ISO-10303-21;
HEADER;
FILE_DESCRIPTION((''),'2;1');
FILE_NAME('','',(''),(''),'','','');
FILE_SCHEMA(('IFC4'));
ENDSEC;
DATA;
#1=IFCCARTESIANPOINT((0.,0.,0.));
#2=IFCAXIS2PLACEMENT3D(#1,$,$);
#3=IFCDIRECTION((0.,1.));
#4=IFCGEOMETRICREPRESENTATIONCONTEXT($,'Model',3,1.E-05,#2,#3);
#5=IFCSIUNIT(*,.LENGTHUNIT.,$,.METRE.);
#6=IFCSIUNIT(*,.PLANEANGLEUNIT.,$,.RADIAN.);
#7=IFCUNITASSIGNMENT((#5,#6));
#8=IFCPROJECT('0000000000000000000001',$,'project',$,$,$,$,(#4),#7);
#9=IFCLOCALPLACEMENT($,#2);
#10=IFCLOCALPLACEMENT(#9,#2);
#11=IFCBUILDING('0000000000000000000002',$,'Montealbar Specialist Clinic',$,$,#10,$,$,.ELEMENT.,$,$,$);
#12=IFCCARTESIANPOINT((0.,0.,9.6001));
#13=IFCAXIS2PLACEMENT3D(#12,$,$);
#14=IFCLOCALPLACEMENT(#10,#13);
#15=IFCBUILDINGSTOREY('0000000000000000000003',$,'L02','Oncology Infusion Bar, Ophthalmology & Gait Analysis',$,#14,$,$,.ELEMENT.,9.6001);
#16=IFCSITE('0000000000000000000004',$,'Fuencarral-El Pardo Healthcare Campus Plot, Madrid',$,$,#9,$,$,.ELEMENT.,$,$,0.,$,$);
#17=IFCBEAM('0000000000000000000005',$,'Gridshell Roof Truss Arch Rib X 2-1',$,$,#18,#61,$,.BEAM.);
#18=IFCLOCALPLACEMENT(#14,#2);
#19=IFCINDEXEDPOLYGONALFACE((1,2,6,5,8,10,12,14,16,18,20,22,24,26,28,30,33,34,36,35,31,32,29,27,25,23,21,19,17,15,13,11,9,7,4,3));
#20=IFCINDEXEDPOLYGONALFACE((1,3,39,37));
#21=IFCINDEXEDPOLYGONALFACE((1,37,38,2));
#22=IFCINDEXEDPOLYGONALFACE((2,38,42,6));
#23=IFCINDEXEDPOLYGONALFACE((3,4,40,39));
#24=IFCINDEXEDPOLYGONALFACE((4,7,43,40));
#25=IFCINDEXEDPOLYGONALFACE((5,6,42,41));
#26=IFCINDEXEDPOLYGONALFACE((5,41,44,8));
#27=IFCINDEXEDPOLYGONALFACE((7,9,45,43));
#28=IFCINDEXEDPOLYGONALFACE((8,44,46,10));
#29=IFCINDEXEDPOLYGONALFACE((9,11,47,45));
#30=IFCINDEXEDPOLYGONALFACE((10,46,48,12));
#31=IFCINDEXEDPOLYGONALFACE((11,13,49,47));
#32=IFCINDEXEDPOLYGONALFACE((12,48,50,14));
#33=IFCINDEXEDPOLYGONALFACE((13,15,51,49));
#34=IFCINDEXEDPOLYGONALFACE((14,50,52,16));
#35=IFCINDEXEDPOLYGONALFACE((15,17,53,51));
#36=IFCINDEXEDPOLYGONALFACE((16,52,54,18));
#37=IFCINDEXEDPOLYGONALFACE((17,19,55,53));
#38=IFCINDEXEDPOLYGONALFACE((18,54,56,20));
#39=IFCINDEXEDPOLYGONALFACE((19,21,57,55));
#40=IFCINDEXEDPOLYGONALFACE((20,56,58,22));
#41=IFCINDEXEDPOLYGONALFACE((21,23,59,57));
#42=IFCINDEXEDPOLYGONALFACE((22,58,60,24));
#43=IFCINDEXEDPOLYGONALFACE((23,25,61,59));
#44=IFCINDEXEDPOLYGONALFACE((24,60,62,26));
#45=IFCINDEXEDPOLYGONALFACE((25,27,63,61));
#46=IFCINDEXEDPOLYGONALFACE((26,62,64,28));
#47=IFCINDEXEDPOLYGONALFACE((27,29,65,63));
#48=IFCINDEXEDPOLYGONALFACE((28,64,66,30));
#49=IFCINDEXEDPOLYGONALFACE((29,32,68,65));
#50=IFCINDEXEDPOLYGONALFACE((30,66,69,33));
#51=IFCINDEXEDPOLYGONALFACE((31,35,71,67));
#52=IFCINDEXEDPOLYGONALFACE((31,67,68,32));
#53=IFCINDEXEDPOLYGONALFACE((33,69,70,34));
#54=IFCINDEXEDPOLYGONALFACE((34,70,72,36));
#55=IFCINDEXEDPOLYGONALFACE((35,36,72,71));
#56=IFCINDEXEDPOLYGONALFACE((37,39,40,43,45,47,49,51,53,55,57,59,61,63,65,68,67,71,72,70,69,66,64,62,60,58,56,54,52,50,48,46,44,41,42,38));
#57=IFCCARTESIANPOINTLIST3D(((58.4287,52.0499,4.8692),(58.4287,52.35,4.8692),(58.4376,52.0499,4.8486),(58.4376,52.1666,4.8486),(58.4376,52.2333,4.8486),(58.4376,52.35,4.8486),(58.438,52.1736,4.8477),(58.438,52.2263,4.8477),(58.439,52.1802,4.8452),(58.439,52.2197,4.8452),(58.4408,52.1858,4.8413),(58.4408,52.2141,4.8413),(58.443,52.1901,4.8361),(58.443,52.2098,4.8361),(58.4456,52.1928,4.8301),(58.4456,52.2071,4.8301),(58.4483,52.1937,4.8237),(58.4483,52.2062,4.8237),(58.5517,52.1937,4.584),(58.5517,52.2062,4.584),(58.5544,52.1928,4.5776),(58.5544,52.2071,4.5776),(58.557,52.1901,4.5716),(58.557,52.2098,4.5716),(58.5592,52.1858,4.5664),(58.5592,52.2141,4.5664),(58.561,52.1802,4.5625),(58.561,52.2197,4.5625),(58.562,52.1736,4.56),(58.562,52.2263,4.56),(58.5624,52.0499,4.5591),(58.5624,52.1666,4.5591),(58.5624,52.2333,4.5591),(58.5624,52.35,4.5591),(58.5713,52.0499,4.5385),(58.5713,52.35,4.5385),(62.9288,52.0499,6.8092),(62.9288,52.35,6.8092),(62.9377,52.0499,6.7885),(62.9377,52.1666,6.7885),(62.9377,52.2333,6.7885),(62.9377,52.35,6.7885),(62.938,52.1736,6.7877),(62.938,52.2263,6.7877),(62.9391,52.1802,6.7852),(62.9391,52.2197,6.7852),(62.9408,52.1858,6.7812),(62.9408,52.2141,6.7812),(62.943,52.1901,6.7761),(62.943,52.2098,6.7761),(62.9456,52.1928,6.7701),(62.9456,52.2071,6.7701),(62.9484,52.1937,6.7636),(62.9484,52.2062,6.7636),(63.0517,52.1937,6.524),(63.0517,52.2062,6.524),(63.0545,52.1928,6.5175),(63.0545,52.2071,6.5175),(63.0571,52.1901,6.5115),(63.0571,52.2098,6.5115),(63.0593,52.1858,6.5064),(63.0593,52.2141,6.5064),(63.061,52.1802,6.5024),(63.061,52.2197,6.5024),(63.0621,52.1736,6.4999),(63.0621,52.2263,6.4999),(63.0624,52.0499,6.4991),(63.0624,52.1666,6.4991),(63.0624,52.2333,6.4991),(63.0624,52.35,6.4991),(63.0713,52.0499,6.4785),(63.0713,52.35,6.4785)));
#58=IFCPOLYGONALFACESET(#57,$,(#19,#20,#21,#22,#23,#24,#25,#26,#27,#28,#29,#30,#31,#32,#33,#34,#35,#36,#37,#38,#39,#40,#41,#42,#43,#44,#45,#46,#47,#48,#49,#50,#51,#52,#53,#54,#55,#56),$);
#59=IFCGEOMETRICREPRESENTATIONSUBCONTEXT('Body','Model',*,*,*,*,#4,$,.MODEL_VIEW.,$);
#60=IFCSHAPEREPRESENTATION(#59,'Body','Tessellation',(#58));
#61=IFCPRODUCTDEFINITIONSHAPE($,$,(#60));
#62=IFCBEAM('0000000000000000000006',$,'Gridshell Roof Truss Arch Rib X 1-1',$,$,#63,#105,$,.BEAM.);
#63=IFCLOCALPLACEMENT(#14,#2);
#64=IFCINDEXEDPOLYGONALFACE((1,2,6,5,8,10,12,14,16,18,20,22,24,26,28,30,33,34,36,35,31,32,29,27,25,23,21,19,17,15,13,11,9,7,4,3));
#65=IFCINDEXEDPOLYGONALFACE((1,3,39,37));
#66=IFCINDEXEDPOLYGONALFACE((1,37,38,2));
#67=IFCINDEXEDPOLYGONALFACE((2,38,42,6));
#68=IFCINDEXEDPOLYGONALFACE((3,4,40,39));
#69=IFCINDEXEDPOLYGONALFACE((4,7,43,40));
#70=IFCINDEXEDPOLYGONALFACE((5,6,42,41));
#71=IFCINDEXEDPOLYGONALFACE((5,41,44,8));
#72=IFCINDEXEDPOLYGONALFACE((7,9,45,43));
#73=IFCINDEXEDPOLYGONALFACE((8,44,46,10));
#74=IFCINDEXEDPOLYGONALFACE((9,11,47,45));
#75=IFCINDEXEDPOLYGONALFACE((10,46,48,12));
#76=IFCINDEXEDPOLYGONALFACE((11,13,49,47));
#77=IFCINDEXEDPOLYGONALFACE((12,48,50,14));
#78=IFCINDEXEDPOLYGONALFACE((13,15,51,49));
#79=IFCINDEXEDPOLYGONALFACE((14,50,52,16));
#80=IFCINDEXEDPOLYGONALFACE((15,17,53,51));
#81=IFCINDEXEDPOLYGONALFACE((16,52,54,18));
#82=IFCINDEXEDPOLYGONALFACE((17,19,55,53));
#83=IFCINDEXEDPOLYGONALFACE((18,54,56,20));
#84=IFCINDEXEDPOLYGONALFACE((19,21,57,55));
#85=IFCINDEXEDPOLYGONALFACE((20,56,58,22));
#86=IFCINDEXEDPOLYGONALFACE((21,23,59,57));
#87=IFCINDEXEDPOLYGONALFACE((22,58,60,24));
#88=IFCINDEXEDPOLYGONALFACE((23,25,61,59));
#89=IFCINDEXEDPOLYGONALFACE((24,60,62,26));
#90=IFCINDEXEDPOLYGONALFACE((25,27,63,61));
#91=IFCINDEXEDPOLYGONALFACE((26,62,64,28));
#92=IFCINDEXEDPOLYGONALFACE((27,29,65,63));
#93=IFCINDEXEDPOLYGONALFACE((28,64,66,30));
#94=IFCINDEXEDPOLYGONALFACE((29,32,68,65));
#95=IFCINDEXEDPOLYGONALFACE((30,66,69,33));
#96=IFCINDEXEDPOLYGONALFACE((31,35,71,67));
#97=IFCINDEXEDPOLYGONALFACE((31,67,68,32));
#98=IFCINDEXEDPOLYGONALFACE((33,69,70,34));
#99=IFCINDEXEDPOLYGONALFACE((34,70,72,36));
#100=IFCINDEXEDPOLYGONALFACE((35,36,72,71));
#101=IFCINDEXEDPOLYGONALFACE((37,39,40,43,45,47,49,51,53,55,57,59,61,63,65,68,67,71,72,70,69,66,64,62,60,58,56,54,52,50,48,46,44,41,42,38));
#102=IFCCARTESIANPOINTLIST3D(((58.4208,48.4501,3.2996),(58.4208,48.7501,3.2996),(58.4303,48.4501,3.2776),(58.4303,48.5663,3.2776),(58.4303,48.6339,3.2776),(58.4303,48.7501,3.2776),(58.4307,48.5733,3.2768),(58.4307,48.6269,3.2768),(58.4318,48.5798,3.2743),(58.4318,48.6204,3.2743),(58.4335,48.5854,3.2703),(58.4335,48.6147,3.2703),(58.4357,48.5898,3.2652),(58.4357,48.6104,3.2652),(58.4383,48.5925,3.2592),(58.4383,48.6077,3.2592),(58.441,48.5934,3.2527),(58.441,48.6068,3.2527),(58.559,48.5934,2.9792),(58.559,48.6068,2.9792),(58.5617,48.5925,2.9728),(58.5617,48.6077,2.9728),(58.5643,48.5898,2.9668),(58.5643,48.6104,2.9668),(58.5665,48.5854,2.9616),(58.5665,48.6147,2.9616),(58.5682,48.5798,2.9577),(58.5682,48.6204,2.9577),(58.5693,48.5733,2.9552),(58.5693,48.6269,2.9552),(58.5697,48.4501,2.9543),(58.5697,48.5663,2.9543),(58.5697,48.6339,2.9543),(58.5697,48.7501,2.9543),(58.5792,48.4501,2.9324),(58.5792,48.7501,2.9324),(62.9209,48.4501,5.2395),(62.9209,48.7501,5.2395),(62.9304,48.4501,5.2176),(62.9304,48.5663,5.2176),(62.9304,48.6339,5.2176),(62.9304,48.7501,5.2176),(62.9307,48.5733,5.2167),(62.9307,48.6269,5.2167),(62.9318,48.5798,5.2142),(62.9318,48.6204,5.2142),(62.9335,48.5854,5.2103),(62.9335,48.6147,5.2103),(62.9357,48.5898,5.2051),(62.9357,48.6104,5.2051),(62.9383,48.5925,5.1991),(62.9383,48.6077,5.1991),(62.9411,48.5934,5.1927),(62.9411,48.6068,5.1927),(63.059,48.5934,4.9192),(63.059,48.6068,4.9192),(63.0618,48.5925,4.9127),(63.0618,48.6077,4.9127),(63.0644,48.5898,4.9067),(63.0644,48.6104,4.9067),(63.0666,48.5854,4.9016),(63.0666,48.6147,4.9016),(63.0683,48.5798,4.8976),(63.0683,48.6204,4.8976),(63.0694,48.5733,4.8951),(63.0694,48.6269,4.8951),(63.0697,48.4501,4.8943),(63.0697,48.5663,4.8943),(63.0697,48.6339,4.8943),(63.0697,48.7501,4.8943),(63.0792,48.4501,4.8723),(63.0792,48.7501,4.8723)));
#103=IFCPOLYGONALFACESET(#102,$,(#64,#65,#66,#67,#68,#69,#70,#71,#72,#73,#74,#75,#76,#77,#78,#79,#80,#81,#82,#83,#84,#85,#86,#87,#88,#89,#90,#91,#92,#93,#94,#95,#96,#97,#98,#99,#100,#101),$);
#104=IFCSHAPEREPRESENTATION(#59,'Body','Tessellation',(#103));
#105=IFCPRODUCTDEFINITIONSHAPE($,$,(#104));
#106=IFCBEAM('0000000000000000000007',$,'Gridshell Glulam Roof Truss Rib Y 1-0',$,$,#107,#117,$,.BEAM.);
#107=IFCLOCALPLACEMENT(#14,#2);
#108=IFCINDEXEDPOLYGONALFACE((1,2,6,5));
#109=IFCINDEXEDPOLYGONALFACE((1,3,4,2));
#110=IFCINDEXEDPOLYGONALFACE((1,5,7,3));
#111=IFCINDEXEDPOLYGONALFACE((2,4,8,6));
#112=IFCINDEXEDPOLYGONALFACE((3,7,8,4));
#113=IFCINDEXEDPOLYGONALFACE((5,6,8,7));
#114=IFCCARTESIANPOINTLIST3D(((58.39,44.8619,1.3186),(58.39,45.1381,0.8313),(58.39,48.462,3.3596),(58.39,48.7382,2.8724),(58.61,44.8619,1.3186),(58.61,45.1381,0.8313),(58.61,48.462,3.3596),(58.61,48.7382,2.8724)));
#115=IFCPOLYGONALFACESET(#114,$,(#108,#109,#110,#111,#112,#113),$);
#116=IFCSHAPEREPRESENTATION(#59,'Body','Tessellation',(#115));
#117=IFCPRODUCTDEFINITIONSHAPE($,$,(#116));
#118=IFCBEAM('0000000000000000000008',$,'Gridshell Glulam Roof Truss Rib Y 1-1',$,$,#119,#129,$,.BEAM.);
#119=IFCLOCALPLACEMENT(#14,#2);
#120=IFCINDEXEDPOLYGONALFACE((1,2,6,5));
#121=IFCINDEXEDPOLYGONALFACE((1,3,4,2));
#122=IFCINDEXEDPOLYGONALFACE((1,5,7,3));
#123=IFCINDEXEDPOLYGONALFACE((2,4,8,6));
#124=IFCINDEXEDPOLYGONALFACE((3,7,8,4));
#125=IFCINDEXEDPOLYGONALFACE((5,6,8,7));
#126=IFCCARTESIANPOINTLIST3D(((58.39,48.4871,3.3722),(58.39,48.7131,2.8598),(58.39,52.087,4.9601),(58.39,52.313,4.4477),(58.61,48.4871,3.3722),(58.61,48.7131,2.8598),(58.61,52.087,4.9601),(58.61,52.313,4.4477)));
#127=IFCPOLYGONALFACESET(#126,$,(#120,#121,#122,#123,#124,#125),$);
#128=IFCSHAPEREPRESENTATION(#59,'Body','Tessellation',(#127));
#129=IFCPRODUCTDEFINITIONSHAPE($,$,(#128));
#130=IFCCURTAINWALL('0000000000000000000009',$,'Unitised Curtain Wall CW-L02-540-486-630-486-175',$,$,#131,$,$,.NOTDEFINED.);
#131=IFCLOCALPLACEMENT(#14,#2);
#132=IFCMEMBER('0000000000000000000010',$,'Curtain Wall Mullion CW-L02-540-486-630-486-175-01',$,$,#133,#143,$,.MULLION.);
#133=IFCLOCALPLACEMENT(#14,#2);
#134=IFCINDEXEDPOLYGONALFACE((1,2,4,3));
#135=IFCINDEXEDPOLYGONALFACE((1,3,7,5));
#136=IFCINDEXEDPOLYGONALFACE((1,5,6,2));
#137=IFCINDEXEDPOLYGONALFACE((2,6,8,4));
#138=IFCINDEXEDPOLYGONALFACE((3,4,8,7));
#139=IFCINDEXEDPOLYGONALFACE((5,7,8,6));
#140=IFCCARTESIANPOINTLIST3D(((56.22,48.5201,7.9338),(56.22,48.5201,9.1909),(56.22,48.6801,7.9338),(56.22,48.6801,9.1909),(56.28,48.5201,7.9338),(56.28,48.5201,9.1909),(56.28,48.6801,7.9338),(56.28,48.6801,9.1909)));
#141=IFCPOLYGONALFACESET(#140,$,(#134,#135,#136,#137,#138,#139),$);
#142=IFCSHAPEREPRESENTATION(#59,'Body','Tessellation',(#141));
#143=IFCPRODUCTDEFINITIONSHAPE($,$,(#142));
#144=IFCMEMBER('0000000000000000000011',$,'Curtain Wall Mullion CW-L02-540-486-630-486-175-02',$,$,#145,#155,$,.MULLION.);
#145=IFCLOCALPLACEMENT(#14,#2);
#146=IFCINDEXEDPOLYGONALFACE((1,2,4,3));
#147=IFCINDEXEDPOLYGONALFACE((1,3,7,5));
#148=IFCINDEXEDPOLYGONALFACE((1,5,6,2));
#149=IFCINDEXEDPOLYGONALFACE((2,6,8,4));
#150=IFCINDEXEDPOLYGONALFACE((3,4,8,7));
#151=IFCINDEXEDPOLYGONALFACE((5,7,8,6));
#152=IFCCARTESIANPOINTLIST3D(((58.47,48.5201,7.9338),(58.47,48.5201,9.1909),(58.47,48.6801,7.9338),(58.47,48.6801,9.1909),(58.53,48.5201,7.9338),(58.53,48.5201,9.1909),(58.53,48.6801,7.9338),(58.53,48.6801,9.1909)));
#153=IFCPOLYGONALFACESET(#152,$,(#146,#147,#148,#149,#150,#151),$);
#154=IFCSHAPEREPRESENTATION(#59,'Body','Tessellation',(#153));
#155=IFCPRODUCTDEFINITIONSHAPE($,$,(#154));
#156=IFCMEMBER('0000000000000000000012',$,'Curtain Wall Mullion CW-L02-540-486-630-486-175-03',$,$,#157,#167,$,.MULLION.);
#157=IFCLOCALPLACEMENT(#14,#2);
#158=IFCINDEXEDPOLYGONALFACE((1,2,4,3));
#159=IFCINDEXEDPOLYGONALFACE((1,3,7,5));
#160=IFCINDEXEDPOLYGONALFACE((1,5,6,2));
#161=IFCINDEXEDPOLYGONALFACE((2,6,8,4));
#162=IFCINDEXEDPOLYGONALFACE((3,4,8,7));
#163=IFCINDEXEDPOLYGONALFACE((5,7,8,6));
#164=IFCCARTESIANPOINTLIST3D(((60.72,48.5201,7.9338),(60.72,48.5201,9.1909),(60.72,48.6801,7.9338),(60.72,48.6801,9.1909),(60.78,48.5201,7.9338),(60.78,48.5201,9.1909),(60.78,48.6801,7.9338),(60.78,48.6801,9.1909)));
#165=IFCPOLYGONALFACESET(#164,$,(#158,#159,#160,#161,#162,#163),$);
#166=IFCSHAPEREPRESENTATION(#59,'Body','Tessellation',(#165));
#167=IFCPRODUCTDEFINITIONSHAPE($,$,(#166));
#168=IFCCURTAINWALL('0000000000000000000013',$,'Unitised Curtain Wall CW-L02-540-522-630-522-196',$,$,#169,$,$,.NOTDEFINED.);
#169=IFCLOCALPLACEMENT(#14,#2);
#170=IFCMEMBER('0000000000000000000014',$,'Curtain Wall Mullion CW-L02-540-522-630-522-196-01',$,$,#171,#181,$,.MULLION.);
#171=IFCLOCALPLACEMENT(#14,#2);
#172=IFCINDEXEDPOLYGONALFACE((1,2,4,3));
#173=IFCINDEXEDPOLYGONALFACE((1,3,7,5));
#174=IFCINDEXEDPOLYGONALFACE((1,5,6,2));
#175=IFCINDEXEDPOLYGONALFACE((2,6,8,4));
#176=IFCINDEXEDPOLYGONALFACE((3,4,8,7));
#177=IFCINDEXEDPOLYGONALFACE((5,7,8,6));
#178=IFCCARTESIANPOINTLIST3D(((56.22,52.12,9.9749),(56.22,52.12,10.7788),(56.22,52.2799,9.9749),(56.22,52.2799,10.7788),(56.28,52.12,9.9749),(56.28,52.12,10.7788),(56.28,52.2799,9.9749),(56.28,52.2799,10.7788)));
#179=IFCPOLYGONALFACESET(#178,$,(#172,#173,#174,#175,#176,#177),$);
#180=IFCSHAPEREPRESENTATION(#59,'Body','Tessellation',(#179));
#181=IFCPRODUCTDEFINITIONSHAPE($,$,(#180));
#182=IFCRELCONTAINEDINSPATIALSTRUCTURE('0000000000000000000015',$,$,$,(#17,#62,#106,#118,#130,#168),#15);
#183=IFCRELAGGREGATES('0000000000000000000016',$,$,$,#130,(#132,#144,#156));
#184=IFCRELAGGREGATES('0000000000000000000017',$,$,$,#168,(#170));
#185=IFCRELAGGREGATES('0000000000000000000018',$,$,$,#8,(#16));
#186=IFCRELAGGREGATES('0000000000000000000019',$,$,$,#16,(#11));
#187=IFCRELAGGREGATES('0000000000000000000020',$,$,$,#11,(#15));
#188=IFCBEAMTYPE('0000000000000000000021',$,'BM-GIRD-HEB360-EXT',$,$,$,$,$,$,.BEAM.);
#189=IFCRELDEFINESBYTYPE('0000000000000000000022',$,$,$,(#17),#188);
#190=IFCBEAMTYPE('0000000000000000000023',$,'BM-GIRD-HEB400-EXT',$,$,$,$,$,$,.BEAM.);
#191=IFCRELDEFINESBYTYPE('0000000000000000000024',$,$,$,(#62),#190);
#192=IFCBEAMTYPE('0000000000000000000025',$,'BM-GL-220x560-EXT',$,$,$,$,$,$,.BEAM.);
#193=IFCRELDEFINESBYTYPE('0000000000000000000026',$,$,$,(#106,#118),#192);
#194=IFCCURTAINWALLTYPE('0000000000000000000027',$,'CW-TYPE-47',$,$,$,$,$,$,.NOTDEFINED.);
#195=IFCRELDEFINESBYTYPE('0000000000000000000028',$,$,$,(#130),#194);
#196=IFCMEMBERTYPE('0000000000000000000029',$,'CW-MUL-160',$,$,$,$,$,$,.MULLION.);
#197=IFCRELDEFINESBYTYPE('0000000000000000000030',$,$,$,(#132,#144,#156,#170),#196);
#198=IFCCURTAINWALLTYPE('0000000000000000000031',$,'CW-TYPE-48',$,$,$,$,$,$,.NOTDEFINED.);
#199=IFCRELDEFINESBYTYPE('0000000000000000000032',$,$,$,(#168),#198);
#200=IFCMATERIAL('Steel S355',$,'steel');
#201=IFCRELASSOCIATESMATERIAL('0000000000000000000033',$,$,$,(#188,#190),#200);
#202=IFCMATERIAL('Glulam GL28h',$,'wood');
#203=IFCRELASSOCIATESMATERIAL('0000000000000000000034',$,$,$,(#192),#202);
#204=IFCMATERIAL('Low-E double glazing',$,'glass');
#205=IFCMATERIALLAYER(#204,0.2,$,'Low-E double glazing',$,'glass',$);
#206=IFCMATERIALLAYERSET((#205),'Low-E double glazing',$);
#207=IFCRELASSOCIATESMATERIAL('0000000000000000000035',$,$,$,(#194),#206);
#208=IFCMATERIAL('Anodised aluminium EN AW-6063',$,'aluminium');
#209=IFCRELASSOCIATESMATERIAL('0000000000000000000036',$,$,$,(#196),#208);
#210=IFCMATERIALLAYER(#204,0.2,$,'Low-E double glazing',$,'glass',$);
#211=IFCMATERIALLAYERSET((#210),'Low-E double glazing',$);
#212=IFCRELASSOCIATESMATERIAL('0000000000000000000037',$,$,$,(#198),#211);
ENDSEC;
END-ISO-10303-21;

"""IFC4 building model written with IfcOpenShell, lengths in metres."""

from ifc_helpers import new_model, si_unit, direction, frame, origin, origin_2d, place, context, subcontext, project, spatial, rectangle, i_section, extrude, material, layer, layer_set, material_profile, profile_set, type_object, element, aggregate, save


model = new_model("IFC4")

# Units and contexts
model_context = context("Model", 3, precision=1e-05, world=origin(), true_north=direction((0.0, 1.0)))
body_context = subcontext(model_context, "Body", "Model", "MODEL_VIEW")
ifc_project = project(units=[si_unit("LENGTHUNIT", "METRE"), si_unit("PLANEANGLEUNIT", "RADIAN")], contexts=[model_context])

# Site, building, storey
site_placement = place(None, origin())
site = spatial("IfcSite", under=ifc_project, at=site_placement, Name="Fuencarral-El Pardo Healthcare Campus Plot, Madrid", CompositionType="ELEMENT", RefElevation=0.0)
building_placement = place(site_placement, origin())
building = spatial("IfcBuilding", under=site, at=building_placement, Name="Montealbar Specialist Clinic", CompositionType="ELEMENT")
storey_placement = place(building_placement, frame((0.0, 0.0, 9.6001)))
storey = spatial("IfcBuildingStorey", under=building, at=storey_placement, Name="L02", Description="Oncology Infusion Bar, Ophthalmology & Gait Analysis", CompositionType="ELEMENT", Elevation=9.6001)

# Beams
ifc_material_1 = material(Name="Steel S355", Category="steel")
ifc_material_profile_1 = material_profile(ifc_material_1, i_section(OverallWidth=0.3, OverallDepth=0.3601, WebThickness=0.0125, FlangeThickness=0.0225, FilletRadius=0.0271, at=origin_2d()), Name="HEB 360", Category="steel")
ifc_profile_set_1 = profile_set([ifc_material_profile_1], Name="Steel S355")
beam_type_1 = type_object("IfcBeamType", Name="BM-GIRD-HEB360-EXT", PredefinedType="BEAM", material=ifc_profile_set_1)
beam_1_placement = place(storey_placement, frame((58.5, 52.2, 4.7039), z_axis=(0.918303, 0.0, 0.395879), x_axis=(0.0, 1.0, 0.0)))
element("IfcBeam", 1, at=beam_1_placement, inside=storey, type_object=beam_type_1, Name="Gridshell Roof Truss Arch Rib X 2-1", PredefinedType="BEAM", context=body_context, shape_type="SweptSolid", body=[
    extrude(i_section(OverallWidth=0.3, OverallDepth=0.3601, WebThickness=0.0125, FlangeThickness=0.0225, FilletRadius=0.0271, at=origin_2d()), origin(), (0.0, 0.0, 1.0), 4.9004),
])
ifc_material_profile_2 = material_profile(ifc_material_1, i_section(OverallWidth=0.3, OverallDepth=0.3999, WebThickness=0.0134, FlangeThickness=0.0239, FilletRadius=0.0271, at=origin_2d()), Name="HEB 400", Category="steel")
ifc_profile_set_2 = profile_set([ifc_material_profile_2], Name="Steel S355")
beam_type_2 = type_object("IfcBeamType", Name="BM-GIRD-HEB400-EXT", PredefinedType="BEAM", material=ifc_profile_set_2)
beam_2_placement = place(storey_placement, frame((58.5, 48.6001, 3.116), z_axis=(0.918303, 0.0, 0.395879), x_axis=(0.0, 1.0, 0.0)))
element("IfcBeam", 2, at=beam_2_placement, inside=storey, type_object=beam_type_2, Name="Gridshell Roof Truss Arch Rib X 1-1", PredefinedType="BEAM", context=body_context, shape_type="SweptSolid", body=[
    extrude(i_section(OverallWidth=0.3, OverallDepth=0.3999, WebThickness=0.0134, FlangeThickness=0.0239, FilletRadius=0.0271, at=origin_2d()), origin(), (0.0, 0.0, 1.0), 4.9004),
])
ifc_material_2 = material(Name="Glulam GL28h", Category="wood")
ifc_material_profile_3 = material_profile(ifc_material_2, rectangle(XDim=0.22, YDim=0.5601, at=origin_2d()), Name="GL28h 220x560", Category="wood")
ifc_profile_set_3 = profile_set([ifc_material_profile_3], Name="Glulam GL28h")
beam_type_3 = type_object("IfcBeamType", Name="BM-GL-220x560-EXT", PredefinedType="BEAM", material=ifc_profile_set_3)
beam_3_placement = place(storey_placement, frame((58.5, 45.0, 1.075), z_axis=(0.0, 0.869923, 0.493188), x_axis=(-1.0, 0.0, 0.0)))
element("IfcBeam", 3, at=beam_3_placement, inside=storey, type_object=beam_type_3, Name="Gridshell Glulam Roof Truss Rib Y 1-0", PredefinedType="BEAM", context=body_context, shape_type="SweptSolid", body=[
    extrude(rectangle(XDim=0.22, YDim=0.5601, at=origin_2d()), origin(), (0.0, 0.0, 1.0), 4.1384),
])
beam_4_placement = place(storey_placement, frame((58.5, 48.6001, 3.116), z_axis=(0.0, 0.914944, 0.403581), x_axis=(-1.0, 0.0, 0.0)))
element("IfcBeam", 4, at=beam_4_placement, inside=storey, type_object=beam_type_3, Name="Gridshell Glulam Roof Truss Rib Y 1-1", PredefinedType="BEAM", context=body_context, shape_type="SweptSolid", body=[
    extrude(rectangle(XDim=0.22, YDim=0.5601, at=origin_2d()), origin(), (0.0, 0.0, 1.0), 3.9346),
])

# Curtain wall, members
ifc_material_3 = material(Name="Low-E double glazing", Category="glass")
ifc_layer_1 = layer(ifc_material_3, 0.2, Name="Low-E double glazing", Category="glass")
ifc_layer_set_1 = layer_set([ifc_layer_1], Name="Low-E double glazing")
curtain_wall_type_1 = type_object("IfcCurtainWallType", Name="CW-TYPE-47", PredefinedType="NOTDEFINED", material=ifc_layer_set_1)
curtain_wall_1_placement = place(storey_placement, origin())
curtain_wall_1 = element("IfcCurtainWall", 5, at=curtain_wall_1_placement, inside=storey, type_object=curtain_wall_type_1, Name="Unitised Curtain Wall CW-L02-540-486-630-486-175", PredefinedType="NOTDEFINED")
ifc_material_4 = material(Name="Anodised aluminium EN AW-6063", Category="aluminium")
ifc_material_profile_4 = material_profile(ifc_material_4, rectangle(XDim=0.0601, YDim=0.1599, at=origin_2d()), Name="ALU 60x160", Category="aluminium")
ifc_profile_set_4 = profile_set([ifc_material_profile_4], Name="Anodised aluminium EN AW-6063")
member_type_1 = type_object("IfcMemberType", Name="CW-MUL-160", PredefinedType="MULLION", material=ifc_profile_set_4)
member_1_placement = place(storey_placement, frame((56.25, 48.6001, 7.9338), z_axis=(0.0, 0.0, 1.0), x_axis=(1.0, 0.0, 0.0)))
member_1 = element("IfcMember", 6, at=member_1_placement, type_object=member_type_1, Name="Curtain Wall Mullion CW-L02-540-486-630-486-175-01", PredefinedType="MULLION", context=body_context, shape_type="SweptSolid", body=[
    extrude(rectangle(XDim=0.0601, YDim=0.1599, at=origin_2d()), origin(), (0.0, 0.0, 1.0), 1.2571),
])
member_2_placement = place(storey_placement, frame((58.5, 48.6001, 7.9338), z_axis=(0.0, 0.0, 1.0), x_axis=(1.0, 0.0, 0.0)))
member_2 = element("IfcMember", 7, at=member_2_placement, type_object=member_type_1, Name="Curtain Wall Mullion CW-L02-540-486-630-486-175-02", PredefinedType="MULLION", context=body_context, shape_type="SweptSolid", body=[
    extrude(rectangle(XDim=0.0601, YDim=0.1599, at=origin_2d()), origin(), (0.0, 0.0, 1.0), 1.2571),
])
member_3_placement = place(storey_placement, frame((60.75, 48.6001, 7.9338), z_axis=(0.0, 0.0, 1.0), x_axis=(1.0, 0.0, 0.0)))
member_3 = element("IfcMember", 8, at=member_3_placement, type_object=member_type_1, Name="Curtain Wall Mullion CW-L02-540-486-630-486-175-03", PredefinedType="MULLION", context=body_context, shape_type="SweptSolid", body=[
    extrude(rectangle(XDim=0.0601, YDim=0.1599, at=origin_2d()), origin(), (0.0, 0.0, 1.0), 1.2571),
])

# Curtain wall, member
ifc_layer_2 = layer(ifc_material_3, 0.2, Name="Low-E double glazing", Category="glass")
ifc_layer_set_2 = layer_set([ifc_layer_2], Name="Low-E double glazing")
curtain_wall_type_2 = type_object("IfcCurtainWallType", Name="CW-TYPE-48", PredefinedType="NOTDEFINED", material=ifc_layer_set_2)
curtain_wall_2_placement = place(storey_placement, origin())
curtain_wall_2 = element("IfcCurtainWall", 9, at=curtain_wall_2_placement, inside=storey, type_object=curtain_wall_type_2, Name="Unitised Curtain Wall CW-L02-540-522-630-522-196", PredefinedType="NOTDEFINED")
member_4_placement = place(storey_placement, frame((56.25, 52.2, 9.9749), z_axis=(0.0, 0.0, 1.0), x_axis=(1.0, 0.0, 0.0)))
member_4 = element("IfcMember", 10, at=member_4_placement, type_object=member_type_1, Name="Curtain Wall Mullion CW-L02-540-522-630-522-196-01", PredefinedType="MULLION", context=body_context, shape_type="SweptSolid", body=[
    extrude(rectangle(XDim=0.0601, YDim=0.1599, at=origin_2d()), origin(), (0.0, 0.0, 1.0), 0.804),
])

aggregate(curtain_wall_1, [member_1, member_2, member_3])
aggregate(curtain_wall_2, [member_4])

save(model, "model.ifc")
